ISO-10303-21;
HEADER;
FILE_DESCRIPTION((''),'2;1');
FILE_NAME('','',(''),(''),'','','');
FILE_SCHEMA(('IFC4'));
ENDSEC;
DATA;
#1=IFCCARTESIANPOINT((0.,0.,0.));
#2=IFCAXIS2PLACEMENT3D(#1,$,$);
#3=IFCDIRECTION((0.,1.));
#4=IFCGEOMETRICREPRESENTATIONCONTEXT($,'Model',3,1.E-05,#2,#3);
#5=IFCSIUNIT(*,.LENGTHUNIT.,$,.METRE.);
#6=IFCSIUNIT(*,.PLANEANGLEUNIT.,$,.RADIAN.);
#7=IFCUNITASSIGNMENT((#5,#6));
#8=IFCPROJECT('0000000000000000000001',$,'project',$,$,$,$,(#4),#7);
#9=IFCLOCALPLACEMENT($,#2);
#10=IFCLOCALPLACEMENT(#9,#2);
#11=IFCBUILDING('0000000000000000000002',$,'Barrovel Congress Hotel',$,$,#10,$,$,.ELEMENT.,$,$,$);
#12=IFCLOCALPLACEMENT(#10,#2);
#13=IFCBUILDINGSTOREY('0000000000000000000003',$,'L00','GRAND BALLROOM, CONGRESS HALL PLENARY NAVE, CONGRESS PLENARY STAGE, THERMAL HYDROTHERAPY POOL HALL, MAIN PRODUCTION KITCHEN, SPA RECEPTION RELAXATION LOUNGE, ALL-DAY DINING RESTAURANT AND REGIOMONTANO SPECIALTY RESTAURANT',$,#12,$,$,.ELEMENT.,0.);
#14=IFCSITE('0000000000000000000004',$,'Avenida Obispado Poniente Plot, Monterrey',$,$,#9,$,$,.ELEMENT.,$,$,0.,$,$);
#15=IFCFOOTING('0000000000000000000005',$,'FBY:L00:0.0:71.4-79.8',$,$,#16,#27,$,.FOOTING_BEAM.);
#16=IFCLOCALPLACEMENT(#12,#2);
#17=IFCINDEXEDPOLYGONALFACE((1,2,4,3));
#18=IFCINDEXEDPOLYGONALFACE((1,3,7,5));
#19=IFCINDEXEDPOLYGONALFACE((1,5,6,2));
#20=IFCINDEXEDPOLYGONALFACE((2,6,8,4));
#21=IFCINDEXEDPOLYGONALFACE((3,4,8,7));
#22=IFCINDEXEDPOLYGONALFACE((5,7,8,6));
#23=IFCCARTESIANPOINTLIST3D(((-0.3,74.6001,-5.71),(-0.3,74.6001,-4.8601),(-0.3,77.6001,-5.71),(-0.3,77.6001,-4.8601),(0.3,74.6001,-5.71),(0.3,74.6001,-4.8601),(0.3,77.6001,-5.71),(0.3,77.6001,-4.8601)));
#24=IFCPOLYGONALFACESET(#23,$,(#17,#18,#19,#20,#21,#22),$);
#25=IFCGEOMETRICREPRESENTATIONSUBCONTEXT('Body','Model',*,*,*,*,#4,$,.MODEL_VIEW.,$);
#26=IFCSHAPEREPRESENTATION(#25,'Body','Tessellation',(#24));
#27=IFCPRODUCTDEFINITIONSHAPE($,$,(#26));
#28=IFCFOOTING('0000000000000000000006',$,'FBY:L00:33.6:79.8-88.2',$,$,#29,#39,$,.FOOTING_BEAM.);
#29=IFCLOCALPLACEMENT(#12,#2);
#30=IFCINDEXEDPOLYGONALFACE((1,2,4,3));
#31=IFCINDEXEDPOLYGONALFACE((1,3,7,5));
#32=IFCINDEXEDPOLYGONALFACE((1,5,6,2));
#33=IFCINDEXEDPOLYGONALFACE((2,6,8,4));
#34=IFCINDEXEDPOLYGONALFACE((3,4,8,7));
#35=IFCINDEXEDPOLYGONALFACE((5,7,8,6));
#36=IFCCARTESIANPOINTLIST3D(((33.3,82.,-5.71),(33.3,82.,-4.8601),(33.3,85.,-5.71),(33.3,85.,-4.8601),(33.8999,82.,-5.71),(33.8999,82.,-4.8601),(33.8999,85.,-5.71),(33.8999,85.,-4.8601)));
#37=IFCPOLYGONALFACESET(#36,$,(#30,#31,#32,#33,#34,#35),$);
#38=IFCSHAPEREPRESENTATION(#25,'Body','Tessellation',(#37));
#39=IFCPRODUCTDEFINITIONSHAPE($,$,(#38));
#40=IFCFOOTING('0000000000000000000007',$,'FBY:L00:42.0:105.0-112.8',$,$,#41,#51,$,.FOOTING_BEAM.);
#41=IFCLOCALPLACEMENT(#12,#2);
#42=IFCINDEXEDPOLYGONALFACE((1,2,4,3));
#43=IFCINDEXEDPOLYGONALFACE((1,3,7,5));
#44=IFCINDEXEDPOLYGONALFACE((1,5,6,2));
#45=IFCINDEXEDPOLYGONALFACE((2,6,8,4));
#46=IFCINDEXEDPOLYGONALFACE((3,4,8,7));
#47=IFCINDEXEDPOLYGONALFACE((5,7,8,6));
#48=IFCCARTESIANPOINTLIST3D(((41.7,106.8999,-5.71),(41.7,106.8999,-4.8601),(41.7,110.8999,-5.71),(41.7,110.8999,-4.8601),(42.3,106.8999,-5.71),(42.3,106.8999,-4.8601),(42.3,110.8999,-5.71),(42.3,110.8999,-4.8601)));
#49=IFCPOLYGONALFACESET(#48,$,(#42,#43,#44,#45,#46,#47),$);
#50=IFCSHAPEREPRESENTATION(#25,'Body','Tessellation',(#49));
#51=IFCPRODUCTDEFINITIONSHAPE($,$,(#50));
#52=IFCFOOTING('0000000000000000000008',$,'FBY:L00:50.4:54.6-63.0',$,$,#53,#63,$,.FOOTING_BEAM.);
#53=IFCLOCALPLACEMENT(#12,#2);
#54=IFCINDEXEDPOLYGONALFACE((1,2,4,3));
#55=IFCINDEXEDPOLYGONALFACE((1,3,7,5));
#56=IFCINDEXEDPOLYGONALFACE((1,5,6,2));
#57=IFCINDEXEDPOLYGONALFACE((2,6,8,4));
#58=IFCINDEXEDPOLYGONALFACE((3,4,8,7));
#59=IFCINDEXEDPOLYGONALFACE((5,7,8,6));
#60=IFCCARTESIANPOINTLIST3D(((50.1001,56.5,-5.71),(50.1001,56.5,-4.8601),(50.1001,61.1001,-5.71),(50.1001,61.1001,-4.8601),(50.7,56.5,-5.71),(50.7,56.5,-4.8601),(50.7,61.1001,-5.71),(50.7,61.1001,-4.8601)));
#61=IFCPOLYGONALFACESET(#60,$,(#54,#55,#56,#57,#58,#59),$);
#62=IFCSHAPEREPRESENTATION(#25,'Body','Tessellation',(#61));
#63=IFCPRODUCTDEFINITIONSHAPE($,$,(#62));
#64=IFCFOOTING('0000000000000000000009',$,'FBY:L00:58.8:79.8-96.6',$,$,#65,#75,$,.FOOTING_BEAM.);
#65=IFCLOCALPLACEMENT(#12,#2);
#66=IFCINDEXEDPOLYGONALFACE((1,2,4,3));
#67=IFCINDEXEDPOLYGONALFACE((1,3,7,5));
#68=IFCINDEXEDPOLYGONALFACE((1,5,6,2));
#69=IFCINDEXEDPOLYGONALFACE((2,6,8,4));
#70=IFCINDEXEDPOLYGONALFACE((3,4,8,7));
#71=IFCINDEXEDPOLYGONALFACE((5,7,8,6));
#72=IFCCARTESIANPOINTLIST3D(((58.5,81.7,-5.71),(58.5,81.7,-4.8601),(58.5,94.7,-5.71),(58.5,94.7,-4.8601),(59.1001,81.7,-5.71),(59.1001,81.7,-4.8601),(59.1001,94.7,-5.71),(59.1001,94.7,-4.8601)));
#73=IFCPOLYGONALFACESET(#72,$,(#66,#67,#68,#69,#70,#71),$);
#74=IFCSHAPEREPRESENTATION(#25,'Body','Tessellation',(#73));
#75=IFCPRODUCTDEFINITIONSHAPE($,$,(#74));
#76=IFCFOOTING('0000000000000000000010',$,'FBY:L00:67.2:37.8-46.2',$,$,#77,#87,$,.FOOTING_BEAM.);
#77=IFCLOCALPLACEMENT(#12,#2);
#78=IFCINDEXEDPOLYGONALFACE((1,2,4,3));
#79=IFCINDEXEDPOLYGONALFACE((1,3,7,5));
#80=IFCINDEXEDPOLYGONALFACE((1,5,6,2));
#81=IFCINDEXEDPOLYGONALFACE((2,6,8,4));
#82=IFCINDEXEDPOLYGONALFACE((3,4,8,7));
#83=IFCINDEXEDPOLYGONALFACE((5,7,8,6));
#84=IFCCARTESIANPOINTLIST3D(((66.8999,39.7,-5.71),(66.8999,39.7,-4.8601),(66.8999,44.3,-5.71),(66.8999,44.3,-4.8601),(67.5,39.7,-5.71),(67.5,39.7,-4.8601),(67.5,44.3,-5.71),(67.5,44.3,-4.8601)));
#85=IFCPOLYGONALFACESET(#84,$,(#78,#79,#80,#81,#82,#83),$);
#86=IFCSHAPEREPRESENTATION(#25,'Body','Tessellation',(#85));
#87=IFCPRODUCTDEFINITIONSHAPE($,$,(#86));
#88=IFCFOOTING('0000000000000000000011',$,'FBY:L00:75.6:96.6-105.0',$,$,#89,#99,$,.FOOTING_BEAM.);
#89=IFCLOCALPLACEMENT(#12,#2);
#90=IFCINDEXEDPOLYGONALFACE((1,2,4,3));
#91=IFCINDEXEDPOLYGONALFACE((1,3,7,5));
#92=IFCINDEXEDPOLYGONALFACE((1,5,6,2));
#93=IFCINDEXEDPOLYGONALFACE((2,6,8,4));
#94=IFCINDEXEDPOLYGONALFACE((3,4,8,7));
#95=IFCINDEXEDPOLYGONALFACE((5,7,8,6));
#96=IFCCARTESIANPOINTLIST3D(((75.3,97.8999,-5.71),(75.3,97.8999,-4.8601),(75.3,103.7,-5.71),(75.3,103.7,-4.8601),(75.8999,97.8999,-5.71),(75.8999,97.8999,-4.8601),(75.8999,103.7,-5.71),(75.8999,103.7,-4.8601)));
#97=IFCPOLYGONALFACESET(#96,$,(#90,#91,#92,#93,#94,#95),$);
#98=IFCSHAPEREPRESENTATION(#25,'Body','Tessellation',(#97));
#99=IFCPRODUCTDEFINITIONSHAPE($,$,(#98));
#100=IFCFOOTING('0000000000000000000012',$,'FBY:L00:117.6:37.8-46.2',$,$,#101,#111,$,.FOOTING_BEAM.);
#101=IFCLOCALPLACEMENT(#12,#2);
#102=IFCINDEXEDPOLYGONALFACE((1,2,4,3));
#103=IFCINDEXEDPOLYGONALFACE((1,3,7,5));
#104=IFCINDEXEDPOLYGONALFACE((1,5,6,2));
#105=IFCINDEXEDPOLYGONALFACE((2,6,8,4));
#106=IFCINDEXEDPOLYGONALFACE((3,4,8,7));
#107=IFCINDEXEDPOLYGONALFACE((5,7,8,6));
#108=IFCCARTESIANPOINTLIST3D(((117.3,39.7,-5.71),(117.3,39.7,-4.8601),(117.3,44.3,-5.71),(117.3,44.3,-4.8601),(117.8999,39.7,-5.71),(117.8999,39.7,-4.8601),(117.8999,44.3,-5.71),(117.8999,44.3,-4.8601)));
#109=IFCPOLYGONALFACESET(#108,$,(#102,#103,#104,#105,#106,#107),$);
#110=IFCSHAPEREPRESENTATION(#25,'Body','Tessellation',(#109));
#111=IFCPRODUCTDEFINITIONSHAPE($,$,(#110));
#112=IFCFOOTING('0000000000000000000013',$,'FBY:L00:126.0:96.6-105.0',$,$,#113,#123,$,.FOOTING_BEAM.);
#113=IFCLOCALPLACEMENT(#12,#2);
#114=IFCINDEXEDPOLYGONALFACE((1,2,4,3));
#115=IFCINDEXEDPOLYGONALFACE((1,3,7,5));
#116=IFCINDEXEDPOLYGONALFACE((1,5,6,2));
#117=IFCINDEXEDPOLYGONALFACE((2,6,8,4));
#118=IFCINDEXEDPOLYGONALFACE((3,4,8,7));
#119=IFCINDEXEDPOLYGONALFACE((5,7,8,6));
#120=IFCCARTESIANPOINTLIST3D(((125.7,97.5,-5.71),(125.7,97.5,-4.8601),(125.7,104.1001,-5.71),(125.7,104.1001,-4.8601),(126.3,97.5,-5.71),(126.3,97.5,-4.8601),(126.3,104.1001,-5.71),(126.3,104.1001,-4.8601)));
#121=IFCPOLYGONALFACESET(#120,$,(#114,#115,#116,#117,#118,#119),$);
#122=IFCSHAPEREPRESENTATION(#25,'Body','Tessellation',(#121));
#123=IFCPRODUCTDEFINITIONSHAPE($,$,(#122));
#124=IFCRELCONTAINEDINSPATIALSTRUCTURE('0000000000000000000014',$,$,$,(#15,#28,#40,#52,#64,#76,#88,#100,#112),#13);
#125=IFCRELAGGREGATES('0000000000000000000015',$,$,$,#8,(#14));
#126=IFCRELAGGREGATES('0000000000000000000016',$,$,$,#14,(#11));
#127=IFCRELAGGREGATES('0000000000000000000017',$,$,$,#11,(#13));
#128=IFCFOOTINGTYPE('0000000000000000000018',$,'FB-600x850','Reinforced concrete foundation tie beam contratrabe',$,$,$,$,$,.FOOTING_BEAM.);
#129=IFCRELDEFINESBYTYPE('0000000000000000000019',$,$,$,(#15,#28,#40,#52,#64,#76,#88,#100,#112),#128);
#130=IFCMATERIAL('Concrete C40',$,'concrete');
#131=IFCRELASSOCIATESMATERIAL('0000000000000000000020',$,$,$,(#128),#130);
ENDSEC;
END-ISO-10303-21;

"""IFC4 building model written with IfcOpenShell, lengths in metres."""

from ifc_helpers import new_model, si_unit, direction, frame, origin, place, context, subcontext, project, spatial, polyline, outline, extrude, material, type_object, element, save


model = new_model("IFC4")

# Units and contexts
model_context = context("Model", 3, precision=1e-05, world=origin(), true_north=direction((0.0, 1.0)))
body_context = subcontext(model_context, "Body", "Model", "MODEL_VIEW")
ifc_project = project(units=[si_unit("LENGTHUNIT", "METRE"), si_unit("PLANEANGLEUNIT", "RADIAN")], contexts=[model_context])

# Site, building, storey
site_placement = place(None, origin())
site = spatial("IfcSite", under=ifc_project, at=site_placement, Name="Avenida Obispado Poniente Plot, Monterrey", CompositionType="ELEMENT", RefElevation=0.0)
building_placement = place(site_placement, origin())
building = spatial("IfcBuilding", under=site, at=building_placement, Name="Barrovel Congress Hotel", CompositionType="ELEMENT")
storey_placement = place(building_placement, origin())
storey = spatial("IfcBuildingStorey", under=building, at=storey_placement, Name="L00", Description="GRAND BALLROOM, CONGRESS HALL PLENARY NAVE, CONGRESS PLENARY STAGE, THERMAL HYDROTHERAPY POOL HALL, MAIN PRODUCTION KITCHEN, SPA RECEPTION RELAXATION LOUNGE, ALL-DAY DINING RESTAURANT AND REGIOMONTANO SPECIALTY RESTAURANT", CompositionType="ELEMENT", Elevation=0.0)

# Footings
ifc_material = material(Name="Concrete C40", Category="concrete")
footing_type_1 = type_object("IfcFootingType", Name="FB-600x850", Description="Reinforced concrete foundation tie beam contratrabe", PredefinedType="FOOTING_BEAM", material=ifc_material)
footing_1_placement = place(storey_placement, frame((0.0, 0.0, -5.71)))
element("IfcFooting", 1, at=footing_1_placement, inside=storey, type_object=footing_type_1, Name="FBY:L00:0.0:71.4-79.8", PredefinedType="FOOTING_BEAM", context=body_context, shape_type="SweptSolid", body=[
    extrude(outline(polyline([(-0.3, 74.6001), (0.3, 74.6001), (0.3, 77.6001), (-0.3, 77.6001), (-0.3, 74.6001)])), origin(), (0.0, 0.0, 1.0), 0.8499),
])
footing_2_placement = place(storey_placement, frame((0.0, 0.0, -5.71)))
element("IfcFooting", 2, at=footing_2_placement, inside=storey, type_object=footing_type_1, Name="FBY:L00:33.6:79.8-88.2", PredefinedType="FOOTING_BEAM", context=body_context, shape_type="SweptSolid", body=[
    extrude(outline(polyline([(33.3, 82.0), (33.8999, 82.0), (33.8999, 85.0), (33.3, 85.0), (33.3, 82.0)])), origin(), (0.0, 0.0, 1.0), 0.8499),
])
footing_3_placement = place(storey_placement, frame((0.0, 0.0, -5.71)))
element("IfcFooting", 3, at=footing_3_placement, inside=storey, type_object=footing_type_1, Name="FBY:L00:42.0:105.0-112.8", PredefinedType="FOOTING_BEAM", context=body_context, shape_type="SweptSolid", body=[
    extrude(outline(polyline([(41.7, 106.8999), (42.3, 106.8999), (42.3, 110.8999), (41.7, 110.8999), (41.7, 106.8999)])), origin(), (0.0, 0.0, 1.0), 0.8499),
])
footing_4_placement = place(storey_placement, frame((0.0, 0.0, -5.71)))
element("IfcFooting", 4, at=footing_4_placement, inside=storey, type_object=footing_type_1, Name="FBY:L00:50.4:54.6-63.0", PredefinedType="FOOTING_BEAM", context=body_context, shape_type="SweptSolid", body=[
    extrude(outline(polyline([(50.1001, 56.5), (50.7, 56.5), (50.7, 61.1001), (50.1001, 61.1001), (50.1001, 56.5)])), origin(), (0.0, 0.0, 1.0), 0.8499),
])
footing_5_placement = place(storey_placement, frame((0.0, 0.0, -5.71)))
element("IfcFooting", 5, at=footing_5_placement, inside=storey, type_object=footing_type_1, Name="FBY:L00:58.8:79.8-96.6", PredefinedType="FOOTING_BEAM", context=body_context, shape_type="SweptSolid", body=[
    extrude(outline(polyline([(58.5, 81.7), (59.1001, 81.7), (59.1001, 94.7), (58.5, 94.7), (58.5, 81.7)])), origin(), (0.0, 0.0, 1.0), 0.8499),
])
footing_6_placement = place(storey_placement, frame((0.0, 0.0, -5.71)))
element("IfcFooting", 6, at=footing_6_placement, inside=storey, type_object=footing_type_1, Name="FBY:L00:67.2:37.8-46.2", PredefinedType="FOOTING_BEAM", context=body_context, shape_type="SweptSolid", body=[
    extrude(outline(polyline([(66.8999, 39.7), (67.5, 39.7), (67.5, 44.3), (66.8999, 44.3), (66.8999, 39.7)])), origin(), (0.0, 0.0, 1.0), 0.8499),
])
footing_7_placement = place(storey_placement, frame((0.0, 0.0, -5.71)))
element("IfcFooting", 7, at=footing_7_placement, inside=storey, type_object=footing_type_1, Name="FBY:L00:75.6:96.6-105.0", PredefinedType="FOOTING_BEAM", context=body_context, shape_type="SweptSolid", body=[
    extrude(outline(polyline([(75.3, 97.8999), (75.8999, 97.8999), (75.8999, 103.7), (75.3, 103.7), (75.3, 97.8999)])), origin(), (0.0, 0.0, 1.0), 0.8499),
])
footing_8_placement = place(storey_placement, frame((0.0, 0.0, -5.71)))
element("IfcFooting", 8, at=footing_8_placement, inside=storey, type_object=footing_type_1, Name="FBY:L00:117.6:37.8-46.2", PredefinedType="FOOTING_BEAM", context=body_context, shape_type="SweptSolid", body=[
    extrude(outline(polyline([(117.3, 39.7), (117.8999, 39.7), (117.8999, 44.3), (117.3, 44.3), (117.3, 39.7)])), origin(), (0.0, 0.0, 1.0), 0.8499),
])
footing_9_placement = place(storey_placement, frame((0.0, 0.0, -5.71)))
element("IfcFooting", 9, at=footing_9_placement, inside=storey, type_object=footing_type_1, Name="FBY:L00:126.0:96.6-105.0", PredefinedType="FOOTING_BEAM", context=body_context, shape_type="SweptSolid", body=[
    extrude(outline(polyline([(125.7, 97.5), (126.3, 97.5), (126.3, 104.1001), (125.7, 104.1001), (125.7, 97.5)])), origin(), (0.0, 0.0, 1.0), 0.8499),
])

save(model, "model.ifc")
